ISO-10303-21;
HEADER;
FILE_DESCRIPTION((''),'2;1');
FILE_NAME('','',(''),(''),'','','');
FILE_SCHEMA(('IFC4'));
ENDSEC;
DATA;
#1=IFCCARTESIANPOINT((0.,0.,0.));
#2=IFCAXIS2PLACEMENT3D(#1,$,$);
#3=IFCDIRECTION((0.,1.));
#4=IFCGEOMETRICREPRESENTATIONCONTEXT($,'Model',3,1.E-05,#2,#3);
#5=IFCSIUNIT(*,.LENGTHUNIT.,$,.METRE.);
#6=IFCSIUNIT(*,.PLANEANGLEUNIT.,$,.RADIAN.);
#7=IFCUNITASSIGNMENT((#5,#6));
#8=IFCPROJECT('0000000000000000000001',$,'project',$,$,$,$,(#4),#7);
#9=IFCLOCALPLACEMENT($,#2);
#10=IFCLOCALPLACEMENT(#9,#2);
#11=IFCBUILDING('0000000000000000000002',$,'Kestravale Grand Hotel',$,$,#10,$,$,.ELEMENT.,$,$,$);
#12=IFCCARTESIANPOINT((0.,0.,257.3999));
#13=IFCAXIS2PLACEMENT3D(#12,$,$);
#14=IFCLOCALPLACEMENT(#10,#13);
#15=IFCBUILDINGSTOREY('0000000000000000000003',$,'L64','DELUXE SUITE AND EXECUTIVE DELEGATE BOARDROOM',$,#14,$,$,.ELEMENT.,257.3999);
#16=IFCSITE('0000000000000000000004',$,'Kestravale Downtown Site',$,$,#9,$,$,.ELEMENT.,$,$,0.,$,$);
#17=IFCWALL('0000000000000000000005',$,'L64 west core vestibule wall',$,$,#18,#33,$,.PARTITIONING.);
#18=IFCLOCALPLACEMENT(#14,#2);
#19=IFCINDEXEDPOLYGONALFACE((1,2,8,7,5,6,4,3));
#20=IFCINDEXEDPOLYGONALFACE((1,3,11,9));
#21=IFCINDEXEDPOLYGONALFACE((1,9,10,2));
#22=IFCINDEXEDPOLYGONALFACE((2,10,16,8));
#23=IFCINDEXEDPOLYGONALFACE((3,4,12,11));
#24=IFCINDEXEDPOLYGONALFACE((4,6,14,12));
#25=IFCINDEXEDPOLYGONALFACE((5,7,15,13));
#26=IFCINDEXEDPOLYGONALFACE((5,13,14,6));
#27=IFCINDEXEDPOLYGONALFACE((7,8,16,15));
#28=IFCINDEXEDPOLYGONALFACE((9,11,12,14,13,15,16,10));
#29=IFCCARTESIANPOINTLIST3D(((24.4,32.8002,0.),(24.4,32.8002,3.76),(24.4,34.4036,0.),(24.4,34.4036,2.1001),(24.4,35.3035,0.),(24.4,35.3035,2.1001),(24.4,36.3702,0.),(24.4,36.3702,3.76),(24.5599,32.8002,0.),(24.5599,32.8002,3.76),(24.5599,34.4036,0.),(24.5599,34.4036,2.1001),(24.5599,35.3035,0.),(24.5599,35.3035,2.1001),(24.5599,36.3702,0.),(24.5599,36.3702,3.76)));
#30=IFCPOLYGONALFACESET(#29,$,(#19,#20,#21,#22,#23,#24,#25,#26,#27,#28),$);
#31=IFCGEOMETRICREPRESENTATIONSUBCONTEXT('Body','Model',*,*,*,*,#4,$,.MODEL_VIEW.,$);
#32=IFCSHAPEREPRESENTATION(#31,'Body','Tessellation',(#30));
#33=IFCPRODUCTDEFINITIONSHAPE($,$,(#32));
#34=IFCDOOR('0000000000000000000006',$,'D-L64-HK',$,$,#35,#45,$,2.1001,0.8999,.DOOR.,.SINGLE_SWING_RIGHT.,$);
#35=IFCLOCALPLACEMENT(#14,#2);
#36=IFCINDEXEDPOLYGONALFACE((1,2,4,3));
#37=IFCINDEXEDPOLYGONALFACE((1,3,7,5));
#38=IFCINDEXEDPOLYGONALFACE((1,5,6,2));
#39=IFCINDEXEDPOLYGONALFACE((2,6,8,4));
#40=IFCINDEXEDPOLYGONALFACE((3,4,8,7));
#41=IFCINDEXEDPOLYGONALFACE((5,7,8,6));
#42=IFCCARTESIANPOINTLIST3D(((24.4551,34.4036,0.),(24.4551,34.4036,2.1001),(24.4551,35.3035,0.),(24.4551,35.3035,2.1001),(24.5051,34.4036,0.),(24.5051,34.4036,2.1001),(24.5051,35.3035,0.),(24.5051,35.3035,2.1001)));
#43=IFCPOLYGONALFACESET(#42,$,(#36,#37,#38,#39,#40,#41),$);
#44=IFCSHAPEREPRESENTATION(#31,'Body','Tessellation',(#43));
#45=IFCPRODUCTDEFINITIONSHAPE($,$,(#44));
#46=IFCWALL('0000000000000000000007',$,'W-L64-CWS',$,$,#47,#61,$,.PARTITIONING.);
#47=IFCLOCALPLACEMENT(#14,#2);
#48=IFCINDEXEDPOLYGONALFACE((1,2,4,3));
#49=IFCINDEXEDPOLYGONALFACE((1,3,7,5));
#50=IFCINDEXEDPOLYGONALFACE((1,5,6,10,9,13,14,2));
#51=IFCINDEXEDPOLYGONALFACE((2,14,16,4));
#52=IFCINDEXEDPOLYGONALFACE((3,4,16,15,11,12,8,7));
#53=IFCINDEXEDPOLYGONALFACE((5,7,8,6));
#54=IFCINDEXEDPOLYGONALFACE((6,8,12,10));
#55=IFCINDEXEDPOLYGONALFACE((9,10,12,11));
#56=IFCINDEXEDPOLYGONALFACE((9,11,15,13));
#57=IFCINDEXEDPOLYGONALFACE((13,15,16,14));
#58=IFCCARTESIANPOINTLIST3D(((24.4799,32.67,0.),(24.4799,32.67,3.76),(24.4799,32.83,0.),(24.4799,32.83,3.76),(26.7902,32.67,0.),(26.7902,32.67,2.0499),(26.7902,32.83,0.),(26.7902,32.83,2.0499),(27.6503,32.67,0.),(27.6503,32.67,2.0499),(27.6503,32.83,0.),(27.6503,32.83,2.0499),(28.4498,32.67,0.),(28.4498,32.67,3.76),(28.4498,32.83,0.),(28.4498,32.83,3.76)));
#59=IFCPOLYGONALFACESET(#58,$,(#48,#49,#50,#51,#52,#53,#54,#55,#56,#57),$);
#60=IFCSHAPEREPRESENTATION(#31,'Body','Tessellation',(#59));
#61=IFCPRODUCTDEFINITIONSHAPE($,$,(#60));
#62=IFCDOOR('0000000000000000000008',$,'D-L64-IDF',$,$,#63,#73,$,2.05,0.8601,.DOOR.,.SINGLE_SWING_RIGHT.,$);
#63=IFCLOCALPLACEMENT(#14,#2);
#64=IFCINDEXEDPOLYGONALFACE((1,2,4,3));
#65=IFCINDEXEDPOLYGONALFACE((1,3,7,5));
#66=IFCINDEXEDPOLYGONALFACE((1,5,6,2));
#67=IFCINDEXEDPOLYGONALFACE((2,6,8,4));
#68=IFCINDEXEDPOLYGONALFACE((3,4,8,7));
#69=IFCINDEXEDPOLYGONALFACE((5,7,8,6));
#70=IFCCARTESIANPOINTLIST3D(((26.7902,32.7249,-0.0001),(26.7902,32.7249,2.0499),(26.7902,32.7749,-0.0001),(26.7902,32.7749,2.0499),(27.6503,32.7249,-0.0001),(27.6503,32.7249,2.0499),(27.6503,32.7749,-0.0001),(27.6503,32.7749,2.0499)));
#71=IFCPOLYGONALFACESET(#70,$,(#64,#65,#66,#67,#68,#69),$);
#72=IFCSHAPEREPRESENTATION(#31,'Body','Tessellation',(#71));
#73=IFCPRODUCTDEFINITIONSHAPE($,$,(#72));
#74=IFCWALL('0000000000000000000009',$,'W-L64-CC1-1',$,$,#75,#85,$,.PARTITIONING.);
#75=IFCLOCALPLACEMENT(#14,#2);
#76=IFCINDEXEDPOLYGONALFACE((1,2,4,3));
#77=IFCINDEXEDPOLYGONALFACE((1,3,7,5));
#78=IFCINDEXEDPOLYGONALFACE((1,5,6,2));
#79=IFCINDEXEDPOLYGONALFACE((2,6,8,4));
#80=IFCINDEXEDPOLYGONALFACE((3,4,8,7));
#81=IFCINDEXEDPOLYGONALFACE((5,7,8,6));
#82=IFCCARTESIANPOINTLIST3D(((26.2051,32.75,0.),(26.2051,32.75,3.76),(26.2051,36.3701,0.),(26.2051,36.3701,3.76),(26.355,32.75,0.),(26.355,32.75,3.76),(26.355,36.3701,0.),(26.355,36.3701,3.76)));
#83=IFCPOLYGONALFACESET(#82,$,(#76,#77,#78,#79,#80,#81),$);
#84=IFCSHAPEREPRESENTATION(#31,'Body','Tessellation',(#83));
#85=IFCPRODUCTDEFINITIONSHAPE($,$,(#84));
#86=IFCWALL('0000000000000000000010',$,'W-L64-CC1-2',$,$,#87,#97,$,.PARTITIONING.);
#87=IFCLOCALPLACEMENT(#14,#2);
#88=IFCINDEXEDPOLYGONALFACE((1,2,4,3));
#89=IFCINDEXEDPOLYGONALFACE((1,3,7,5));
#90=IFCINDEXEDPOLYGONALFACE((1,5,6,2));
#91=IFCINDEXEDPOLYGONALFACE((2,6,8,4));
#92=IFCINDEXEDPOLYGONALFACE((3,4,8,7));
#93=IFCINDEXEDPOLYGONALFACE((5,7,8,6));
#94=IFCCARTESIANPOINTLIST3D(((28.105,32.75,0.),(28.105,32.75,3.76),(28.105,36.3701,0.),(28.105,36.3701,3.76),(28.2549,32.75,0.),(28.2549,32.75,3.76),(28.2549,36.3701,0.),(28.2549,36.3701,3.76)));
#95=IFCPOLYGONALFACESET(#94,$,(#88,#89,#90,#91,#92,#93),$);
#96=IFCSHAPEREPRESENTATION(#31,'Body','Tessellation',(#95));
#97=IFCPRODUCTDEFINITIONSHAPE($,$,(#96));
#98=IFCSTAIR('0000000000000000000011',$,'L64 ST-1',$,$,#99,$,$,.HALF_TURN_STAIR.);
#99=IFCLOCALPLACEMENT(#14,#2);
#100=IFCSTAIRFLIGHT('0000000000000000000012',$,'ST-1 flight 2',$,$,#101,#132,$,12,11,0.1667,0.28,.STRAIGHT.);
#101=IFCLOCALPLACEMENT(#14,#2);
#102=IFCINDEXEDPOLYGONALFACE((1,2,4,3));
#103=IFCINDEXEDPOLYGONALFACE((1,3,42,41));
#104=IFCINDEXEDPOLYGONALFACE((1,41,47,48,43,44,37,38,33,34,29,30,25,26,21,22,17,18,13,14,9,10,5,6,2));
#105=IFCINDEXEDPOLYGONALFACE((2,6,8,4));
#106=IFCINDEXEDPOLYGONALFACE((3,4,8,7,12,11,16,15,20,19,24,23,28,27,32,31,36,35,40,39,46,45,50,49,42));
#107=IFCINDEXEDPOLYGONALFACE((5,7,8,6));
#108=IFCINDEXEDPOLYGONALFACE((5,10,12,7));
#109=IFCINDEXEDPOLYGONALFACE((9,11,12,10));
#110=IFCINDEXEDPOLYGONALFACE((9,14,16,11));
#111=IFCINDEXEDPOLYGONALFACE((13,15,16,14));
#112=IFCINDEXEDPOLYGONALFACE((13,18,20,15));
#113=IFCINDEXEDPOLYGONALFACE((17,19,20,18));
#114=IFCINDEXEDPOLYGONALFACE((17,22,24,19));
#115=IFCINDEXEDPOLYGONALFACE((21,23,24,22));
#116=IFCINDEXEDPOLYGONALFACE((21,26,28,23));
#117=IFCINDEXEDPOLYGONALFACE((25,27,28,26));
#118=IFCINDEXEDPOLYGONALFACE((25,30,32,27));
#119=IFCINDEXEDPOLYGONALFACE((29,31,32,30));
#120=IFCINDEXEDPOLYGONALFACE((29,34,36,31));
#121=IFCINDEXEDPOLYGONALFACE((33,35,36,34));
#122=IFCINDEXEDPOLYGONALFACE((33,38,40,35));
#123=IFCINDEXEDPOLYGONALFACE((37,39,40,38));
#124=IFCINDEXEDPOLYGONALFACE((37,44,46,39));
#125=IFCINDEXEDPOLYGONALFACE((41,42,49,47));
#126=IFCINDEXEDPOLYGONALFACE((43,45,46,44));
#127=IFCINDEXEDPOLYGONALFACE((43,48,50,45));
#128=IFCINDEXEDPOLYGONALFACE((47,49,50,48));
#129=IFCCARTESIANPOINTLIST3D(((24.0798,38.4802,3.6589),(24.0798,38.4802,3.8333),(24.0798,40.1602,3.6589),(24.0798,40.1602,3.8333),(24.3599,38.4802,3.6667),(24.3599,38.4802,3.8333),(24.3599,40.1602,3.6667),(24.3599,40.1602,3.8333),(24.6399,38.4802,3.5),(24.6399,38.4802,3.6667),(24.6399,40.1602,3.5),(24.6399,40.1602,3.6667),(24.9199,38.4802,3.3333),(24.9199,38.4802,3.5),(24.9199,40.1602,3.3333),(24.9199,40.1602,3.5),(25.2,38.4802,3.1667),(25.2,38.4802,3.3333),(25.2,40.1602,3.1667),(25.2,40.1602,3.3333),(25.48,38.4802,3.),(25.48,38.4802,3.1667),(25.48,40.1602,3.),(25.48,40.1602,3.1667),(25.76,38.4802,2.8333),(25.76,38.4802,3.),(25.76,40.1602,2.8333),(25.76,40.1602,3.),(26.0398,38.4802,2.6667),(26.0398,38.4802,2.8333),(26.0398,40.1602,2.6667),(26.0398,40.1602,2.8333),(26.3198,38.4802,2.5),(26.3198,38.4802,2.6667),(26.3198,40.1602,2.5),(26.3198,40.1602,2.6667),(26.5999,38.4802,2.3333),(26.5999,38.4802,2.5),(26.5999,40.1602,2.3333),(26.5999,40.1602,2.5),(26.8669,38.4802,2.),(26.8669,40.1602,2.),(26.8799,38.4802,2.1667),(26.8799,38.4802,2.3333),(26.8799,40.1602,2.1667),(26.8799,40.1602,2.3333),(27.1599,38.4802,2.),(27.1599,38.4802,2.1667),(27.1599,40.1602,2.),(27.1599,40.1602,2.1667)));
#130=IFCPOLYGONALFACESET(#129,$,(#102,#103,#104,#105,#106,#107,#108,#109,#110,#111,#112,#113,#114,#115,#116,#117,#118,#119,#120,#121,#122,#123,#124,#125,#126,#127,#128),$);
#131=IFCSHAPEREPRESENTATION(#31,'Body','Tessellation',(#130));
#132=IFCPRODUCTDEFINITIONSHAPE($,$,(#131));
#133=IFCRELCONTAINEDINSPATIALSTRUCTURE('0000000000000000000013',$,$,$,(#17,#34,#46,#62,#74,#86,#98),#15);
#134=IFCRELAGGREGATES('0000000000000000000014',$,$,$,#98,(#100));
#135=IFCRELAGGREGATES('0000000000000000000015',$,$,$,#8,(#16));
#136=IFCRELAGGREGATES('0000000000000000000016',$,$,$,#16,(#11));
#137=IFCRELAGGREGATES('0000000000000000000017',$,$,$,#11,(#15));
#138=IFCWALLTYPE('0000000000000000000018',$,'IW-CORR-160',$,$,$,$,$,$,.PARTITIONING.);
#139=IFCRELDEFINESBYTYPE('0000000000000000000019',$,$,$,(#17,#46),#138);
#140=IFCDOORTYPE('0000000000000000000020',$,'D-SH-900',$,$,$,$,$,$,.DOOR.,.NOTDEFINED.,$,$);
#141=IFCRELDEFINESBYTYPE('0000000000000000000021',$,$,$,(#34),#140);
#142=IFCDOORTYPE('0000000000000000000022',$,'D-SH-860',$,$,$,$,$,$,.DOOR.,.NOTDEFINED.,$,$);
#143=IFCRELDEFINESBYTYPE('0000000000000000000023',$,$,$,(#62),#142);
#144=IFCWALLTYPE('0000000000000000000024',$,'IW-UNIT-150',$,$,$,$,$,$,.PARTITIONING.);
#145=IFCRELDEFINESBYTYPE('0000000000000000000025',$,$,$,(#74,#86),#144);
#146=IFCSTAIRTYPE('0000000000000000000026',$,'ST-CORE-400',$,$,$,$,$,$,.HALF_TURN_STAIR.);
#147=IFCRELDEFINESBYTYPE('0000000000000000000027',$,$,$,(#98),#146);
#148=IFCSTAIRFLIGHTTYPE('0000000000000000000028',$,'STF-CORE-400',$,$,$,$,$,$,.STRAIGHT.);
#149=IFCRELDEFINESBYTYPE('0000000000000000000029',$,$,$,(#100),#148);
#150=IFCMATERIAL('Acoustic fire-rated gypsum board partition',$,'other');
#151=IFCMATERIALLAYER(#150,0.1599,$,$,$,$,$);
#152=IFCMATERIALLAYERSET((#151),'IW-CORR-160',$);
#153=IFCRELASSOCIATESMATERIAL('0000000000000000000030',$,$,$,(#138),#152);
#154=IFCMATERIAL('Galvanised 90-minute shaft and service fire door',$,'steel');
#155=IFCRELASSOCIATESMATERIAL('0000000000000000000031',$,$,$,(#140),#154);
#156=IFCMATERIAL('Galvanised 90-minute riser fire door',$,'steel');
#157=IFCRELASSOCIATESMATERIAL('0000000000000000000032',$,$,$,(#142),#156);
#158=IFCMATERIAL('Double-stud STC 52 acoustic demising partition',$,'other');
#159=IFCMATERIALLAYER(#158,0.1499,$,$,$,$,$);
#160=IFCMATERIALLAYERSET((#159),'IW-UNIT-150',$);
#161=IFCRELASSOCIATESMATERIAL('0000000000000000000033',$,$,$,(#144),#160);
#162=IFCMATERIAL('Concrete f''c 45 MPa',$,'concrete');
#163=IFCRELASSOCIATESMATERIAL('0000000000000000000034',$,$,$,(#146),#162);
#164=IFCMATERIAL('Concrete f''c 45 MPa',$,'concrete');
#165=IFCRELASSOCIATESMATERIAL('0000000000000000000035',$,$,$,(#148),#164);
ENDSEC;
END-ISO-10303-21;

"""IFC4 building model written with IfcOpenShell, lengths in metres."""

from ifc_helpers import new_model, si_unit, direction, frame, frame_2d, origin, place, context, subcontext, project, spatial, polyline, rectangle, outline, extrude, material, layer, layer_set, type_object, element, fill, aggregate, save


model = new_model("IFC4")

# Units and contexts
model_context = context("Model", 3, precision=1e-05, world=origin(), true_north=direction((0.0, 1.0)))
body_context = subcontext(model_context, "Body", "Model", "MODEL_VIEW")
ifc_project = project(units=[si_unit("LENGTHUNIT", "METRE"), si_unit("PLANEANGLEUNIT", "RADIAN")], contexts=[model_context])

# Site, building, storey
site_placement = place(None, origin())
site = spatial("IfcSite", under=ifc_project, at=site_placement, Name="Kestravale Downtown Site", CompositionType="ELEMENT", RefElevation=0.0)
building_placement = place(site_placement, origin())
building = spatial("IfcBuilding", under=site, at=building_placement, Name="Kestravale Grand Hotel", CompositionType="ELEMENT")
storey_placement = place(building_placement, frame((0.0, 0.0, 257.3999)))
storey = spatial("IfcBuildingStorey", under=building, at=storey_placement, Name="L64", Description="DELUXE SUITE AND EXECUTIVE DELEGATE BOARDROOM", CompositionType="ELEMENT", Elevation=257.3999)

# Walls, openings, doors
ifc_material_1 = material(Name="Acoustic fire-rated gypsum board partition", Category="other")
ifc_layer_1 = layer(ifc_material_1, 0.1599)
ifc_layer_set_1 = layer_set([ifc_layer_1], Name="IW-CORR-160")
wall_type_1 = type_object("IfcWallType", Name="IW-CORR-160", PredefinedType="PARTITIONING", material=ifc_layer_set_1)
wall_1_placement = place(storey_placement, frame((24.48, 32.8, 0.0), z_axis=(0.0, 0.0, 1.0), x_axis=(0.0, 1.0, 0.0)))
wall_1 = element("IfcWall", 1, at=wall_1_placement, inside=storey, type_object=wall_type_1, Name="L64 west core vestibule wall", PredefinedType="PARTITIONING", context=body_context, shape_type="SweptSolid", body=[
    extrude(rectangle(XDim=3.5701, YDim=0.1599, at=frame_2d((1.7852, 0.0))), origin(), (0.0, 0.0, 1.0), 3.76),
])
opening_1_placement = place(wall_1_placement, frame((1.6035, 0.0, 0.0)))
opening_1 = element("IfcOpeningElement", 2, at=opening_1_placement, cuts=wall_1, PredefinedType="OPENING", context=body_context, shape_type="SweptSolid", body=[
    extrude(rectangle(XDim=0.8999, YDim=2.1001, at=frame_2d((0.45, 1.05))), frame((0.0, 0.0898, 0.0), z_axis=(0.0, -1.0, 0.0), x_axis=(1.0, 0.0, 0.0)), (0.0, 0.0, 1.0), 0.1799),
])
ifc_material_2 = material(Name="Galvanised 90-minute shaft and service fire door", Category="steel")
door_type_1 = type_object("IfcDoorType", Name="D-SH-900", OperationType="NOTDEFINED", PredefinedType="DOOR", material=ifc_material_2)
door_1_placement = place(opening_1_placement, origin())
door_1 = element("IfcDoor", 3, at=door_1_placement, inside=storey, type_object=door_type_1, Name="D-L64-HK", OperationType="SINGLE_SWING_RIGHT", OverallHeight=2.1001, OverallWidth=0.8999, PredefinedType="DOOR", context=body_context, shape_type="SweptSolid", body=[
    extrude(rectangle(XDim=0.8999, YDim=2.1001, at=frame_2d((0.45, 1.05))), frame((0.0, 0.0249, 0.0), z_axis=(0.0, -1.0, 0.0), x_axis=(1.0, 0.0, 0.0)), (0.0, 0.0, 1.0), 0.05),
])
fill(opening_1, door_1)
wall_2_placement = place(storey_placement, frame((24.48, 32.75, 0.0), z_axis=(0.0, 0.0, 1.0), x_axis=(1.0, 0.0, 0.0)))
wall_2 = element("IfcWall", 4, at=wall_2_placement, inside=storey, type_object=wall_type_1, Name="W-L64-CWS", PredefinedType="PARTITIONING", context=body_context, shape_type="SweptSolid", body=[
    extrude(rectangle(XDim=3.97, YDim=0.1599, at=frame_2d((1.9849, 0.0))), origin(), (0.0, 0.0, 1.0), 3.76),
])
opening_2_placement = place(wall_2_placement, frame((2.3101, 0.0, 0.0)))
opening_2 = element("IfcOpeningElement", 5, at=opening_2_placement, cuts=wall_2, PredefinedType="OPENING", context=body_context, shape_type="SweptSolid", body=[
    extrude(rectangle(XDim=0.8601, YDim=2.05, at=frame_2d((0.4302, 1.0249))), frame((0.0, 0.0898, 0.0), z_axis=(0.0, -1.0, 0.0), x_axis=(1.0, 0.0, 0.0)), (0.0, 0.0, 1.0), 0.1799),
])
ifc_material_3 = material(Name="Galvanised 90-minute riser fire door", Category="steel")
door_type_2 = type_object("IfcDoorType", Name="D-SH-860", OperationType="NOTDEFINED", PredefinedType="DOOR", material=ifc_material_3)
door_2_placement = place(opening_2_placement, origin())
door_2 = element("IfcDoor", 6, at=door_2_placement, inside=storey, type_object=door_type_2, Name="D-L64-IDF", OperationType="SINGLE_SWING_RIGHT", OverallHeight=2.05, OverallWidth=0.8601, PredefinedType="DOOR", context=body_context, shape_type="SweptSolid", body=[
    extrude(rectangle(XDim=0.8601, YDim=2.05, at=frame_2d((0.4302, 1.0249))), frame((0.0, 0.0249, 0.0), z_axis=(0.0, -1.0, 0.0), x_axis=(1.0, 0.0, 0.0)), (0.0, 0.0, 1.0), 0.05),
])
fill(opening_2, door_2)

# Walls
ifc_material_4 = material(Name="Double-stud STC 52 acoustic demising partition", Category="other")
ifc_layer_2 = layer(ifc_material_4, 0.1499)
ifc_layer_set_2 = layer_set([ifc_layer_2], Name="IW-UNIT-150")
wall_type_2 = type_object("IfcWallType", Name="IW-UNIT-150", PredefinedType="PARTITIONING", material=ifc_layer_set_2)
for number, where, z_axis, x_axis, name in (
    (7, (26.28, 32.75, 0.0), (0.0, 0.0, 1.0), (0.0, 1.0, 0.0), "W-L64-CC1-1"),
    (8, (28.1799, 32.75, 0.0), (0.0, 0.0, 1.0), (0.0, 1.0, 0.0), "W-L64-CC1-2"),
):
    element("IfcWall", number, at=place(storey_placement, frame(where, z_axis=z_axis, x_axis=x_axis)), inside=storey, type_object=wall_type_2, Name=name, PredefinedType="PARTITIONING", context=body_context, shape_type="SweptSolid", body=[
        extrude(rectangle(XDim=3.6201, YDim=0.1499, at=frame_2d((1.8101, 0.0))), origin(), (0.0, 0.0, 1.0), 3.76),
    ])

# Stair, stair flight
ifc_material_5 = material(Name="Concrete f'c 45 MPa", Category="concrete")
stair_type = type_object("IfcStairType", Name="ST-CORE-400", PredefinedType="HALF_TURN_STAIR", material=ifc_material_5)
stair_placement = place(storey_placement, origin())
stair = element("IfcStair", 9, at=stair_placement, inside=storey, type_object=stair_type, Name="L64 ST-1", PredefinedType="HALF_TURN_STAIR")
ifc_material_6 = material(Name="Concrete f'c 45 MPa", Category="concrete")
stair_flight_type = type_object("IfcStairFlightType", Name="STF-CORE-400", PredefinedType="STRAIGHT", material=ifc_material_6)
stair_flight_placement = place(storey_placement, frame((27.1599, 39.3201, 2.0), z_axis=(0.0, 0.0, 1.0), x_axis=(-1.0, 0.0, 0.0)))
stair_flight = element("IfcStairFlight", 10, at=stair_flight_placement, type_object=stair_flight_type, Name="ST-1 flight 2", NumberOfRisers=12, NumberOfTreads=11, PredefinedType="STRAIGHT", RiserHeight=0.1667, TreadLength=0.28, context=body_context, shape_type="SweptSolid", body=[
    extrude(outline(polyline([(0.0, 0.0), (0.0, 0.1667), (0.28, 0.1667), (0.28, 0.3333), (0.5601, 0.3333), (0.5601, 0.5), (0.8401, 0.5), (0.8401, 0.6667), (1.1201, 0.6667), (1.1201, 0.8333), (1.3999, 0.8333), (1.3999, 1.0), (1.6799, 1.0), (1.6799, 1.1667), (1.96, 1.1667), (1.96, 1.3333), (2.24, 1.3333), (2.24, 1.5), (2.52, 1.5), (2.52, 1.6667), (2.8, 1.6667), (2.8, 1.8333), (3.0801, 1.8333), (3.0801, 2.0), (3.0801, 1.6589), (0.293, 0.0), (0.0, 0.0)])), frame((0.0, 0.8398, 0.0), z_axis=(0.0, -1.0, 0.0), x_axis=(1.0, 0.0, 0.0)), (0.0, 0.0, 1.0), 1.6799),
])
aggregate(stair, [stair_flight])

save(model, "model.ifc")
